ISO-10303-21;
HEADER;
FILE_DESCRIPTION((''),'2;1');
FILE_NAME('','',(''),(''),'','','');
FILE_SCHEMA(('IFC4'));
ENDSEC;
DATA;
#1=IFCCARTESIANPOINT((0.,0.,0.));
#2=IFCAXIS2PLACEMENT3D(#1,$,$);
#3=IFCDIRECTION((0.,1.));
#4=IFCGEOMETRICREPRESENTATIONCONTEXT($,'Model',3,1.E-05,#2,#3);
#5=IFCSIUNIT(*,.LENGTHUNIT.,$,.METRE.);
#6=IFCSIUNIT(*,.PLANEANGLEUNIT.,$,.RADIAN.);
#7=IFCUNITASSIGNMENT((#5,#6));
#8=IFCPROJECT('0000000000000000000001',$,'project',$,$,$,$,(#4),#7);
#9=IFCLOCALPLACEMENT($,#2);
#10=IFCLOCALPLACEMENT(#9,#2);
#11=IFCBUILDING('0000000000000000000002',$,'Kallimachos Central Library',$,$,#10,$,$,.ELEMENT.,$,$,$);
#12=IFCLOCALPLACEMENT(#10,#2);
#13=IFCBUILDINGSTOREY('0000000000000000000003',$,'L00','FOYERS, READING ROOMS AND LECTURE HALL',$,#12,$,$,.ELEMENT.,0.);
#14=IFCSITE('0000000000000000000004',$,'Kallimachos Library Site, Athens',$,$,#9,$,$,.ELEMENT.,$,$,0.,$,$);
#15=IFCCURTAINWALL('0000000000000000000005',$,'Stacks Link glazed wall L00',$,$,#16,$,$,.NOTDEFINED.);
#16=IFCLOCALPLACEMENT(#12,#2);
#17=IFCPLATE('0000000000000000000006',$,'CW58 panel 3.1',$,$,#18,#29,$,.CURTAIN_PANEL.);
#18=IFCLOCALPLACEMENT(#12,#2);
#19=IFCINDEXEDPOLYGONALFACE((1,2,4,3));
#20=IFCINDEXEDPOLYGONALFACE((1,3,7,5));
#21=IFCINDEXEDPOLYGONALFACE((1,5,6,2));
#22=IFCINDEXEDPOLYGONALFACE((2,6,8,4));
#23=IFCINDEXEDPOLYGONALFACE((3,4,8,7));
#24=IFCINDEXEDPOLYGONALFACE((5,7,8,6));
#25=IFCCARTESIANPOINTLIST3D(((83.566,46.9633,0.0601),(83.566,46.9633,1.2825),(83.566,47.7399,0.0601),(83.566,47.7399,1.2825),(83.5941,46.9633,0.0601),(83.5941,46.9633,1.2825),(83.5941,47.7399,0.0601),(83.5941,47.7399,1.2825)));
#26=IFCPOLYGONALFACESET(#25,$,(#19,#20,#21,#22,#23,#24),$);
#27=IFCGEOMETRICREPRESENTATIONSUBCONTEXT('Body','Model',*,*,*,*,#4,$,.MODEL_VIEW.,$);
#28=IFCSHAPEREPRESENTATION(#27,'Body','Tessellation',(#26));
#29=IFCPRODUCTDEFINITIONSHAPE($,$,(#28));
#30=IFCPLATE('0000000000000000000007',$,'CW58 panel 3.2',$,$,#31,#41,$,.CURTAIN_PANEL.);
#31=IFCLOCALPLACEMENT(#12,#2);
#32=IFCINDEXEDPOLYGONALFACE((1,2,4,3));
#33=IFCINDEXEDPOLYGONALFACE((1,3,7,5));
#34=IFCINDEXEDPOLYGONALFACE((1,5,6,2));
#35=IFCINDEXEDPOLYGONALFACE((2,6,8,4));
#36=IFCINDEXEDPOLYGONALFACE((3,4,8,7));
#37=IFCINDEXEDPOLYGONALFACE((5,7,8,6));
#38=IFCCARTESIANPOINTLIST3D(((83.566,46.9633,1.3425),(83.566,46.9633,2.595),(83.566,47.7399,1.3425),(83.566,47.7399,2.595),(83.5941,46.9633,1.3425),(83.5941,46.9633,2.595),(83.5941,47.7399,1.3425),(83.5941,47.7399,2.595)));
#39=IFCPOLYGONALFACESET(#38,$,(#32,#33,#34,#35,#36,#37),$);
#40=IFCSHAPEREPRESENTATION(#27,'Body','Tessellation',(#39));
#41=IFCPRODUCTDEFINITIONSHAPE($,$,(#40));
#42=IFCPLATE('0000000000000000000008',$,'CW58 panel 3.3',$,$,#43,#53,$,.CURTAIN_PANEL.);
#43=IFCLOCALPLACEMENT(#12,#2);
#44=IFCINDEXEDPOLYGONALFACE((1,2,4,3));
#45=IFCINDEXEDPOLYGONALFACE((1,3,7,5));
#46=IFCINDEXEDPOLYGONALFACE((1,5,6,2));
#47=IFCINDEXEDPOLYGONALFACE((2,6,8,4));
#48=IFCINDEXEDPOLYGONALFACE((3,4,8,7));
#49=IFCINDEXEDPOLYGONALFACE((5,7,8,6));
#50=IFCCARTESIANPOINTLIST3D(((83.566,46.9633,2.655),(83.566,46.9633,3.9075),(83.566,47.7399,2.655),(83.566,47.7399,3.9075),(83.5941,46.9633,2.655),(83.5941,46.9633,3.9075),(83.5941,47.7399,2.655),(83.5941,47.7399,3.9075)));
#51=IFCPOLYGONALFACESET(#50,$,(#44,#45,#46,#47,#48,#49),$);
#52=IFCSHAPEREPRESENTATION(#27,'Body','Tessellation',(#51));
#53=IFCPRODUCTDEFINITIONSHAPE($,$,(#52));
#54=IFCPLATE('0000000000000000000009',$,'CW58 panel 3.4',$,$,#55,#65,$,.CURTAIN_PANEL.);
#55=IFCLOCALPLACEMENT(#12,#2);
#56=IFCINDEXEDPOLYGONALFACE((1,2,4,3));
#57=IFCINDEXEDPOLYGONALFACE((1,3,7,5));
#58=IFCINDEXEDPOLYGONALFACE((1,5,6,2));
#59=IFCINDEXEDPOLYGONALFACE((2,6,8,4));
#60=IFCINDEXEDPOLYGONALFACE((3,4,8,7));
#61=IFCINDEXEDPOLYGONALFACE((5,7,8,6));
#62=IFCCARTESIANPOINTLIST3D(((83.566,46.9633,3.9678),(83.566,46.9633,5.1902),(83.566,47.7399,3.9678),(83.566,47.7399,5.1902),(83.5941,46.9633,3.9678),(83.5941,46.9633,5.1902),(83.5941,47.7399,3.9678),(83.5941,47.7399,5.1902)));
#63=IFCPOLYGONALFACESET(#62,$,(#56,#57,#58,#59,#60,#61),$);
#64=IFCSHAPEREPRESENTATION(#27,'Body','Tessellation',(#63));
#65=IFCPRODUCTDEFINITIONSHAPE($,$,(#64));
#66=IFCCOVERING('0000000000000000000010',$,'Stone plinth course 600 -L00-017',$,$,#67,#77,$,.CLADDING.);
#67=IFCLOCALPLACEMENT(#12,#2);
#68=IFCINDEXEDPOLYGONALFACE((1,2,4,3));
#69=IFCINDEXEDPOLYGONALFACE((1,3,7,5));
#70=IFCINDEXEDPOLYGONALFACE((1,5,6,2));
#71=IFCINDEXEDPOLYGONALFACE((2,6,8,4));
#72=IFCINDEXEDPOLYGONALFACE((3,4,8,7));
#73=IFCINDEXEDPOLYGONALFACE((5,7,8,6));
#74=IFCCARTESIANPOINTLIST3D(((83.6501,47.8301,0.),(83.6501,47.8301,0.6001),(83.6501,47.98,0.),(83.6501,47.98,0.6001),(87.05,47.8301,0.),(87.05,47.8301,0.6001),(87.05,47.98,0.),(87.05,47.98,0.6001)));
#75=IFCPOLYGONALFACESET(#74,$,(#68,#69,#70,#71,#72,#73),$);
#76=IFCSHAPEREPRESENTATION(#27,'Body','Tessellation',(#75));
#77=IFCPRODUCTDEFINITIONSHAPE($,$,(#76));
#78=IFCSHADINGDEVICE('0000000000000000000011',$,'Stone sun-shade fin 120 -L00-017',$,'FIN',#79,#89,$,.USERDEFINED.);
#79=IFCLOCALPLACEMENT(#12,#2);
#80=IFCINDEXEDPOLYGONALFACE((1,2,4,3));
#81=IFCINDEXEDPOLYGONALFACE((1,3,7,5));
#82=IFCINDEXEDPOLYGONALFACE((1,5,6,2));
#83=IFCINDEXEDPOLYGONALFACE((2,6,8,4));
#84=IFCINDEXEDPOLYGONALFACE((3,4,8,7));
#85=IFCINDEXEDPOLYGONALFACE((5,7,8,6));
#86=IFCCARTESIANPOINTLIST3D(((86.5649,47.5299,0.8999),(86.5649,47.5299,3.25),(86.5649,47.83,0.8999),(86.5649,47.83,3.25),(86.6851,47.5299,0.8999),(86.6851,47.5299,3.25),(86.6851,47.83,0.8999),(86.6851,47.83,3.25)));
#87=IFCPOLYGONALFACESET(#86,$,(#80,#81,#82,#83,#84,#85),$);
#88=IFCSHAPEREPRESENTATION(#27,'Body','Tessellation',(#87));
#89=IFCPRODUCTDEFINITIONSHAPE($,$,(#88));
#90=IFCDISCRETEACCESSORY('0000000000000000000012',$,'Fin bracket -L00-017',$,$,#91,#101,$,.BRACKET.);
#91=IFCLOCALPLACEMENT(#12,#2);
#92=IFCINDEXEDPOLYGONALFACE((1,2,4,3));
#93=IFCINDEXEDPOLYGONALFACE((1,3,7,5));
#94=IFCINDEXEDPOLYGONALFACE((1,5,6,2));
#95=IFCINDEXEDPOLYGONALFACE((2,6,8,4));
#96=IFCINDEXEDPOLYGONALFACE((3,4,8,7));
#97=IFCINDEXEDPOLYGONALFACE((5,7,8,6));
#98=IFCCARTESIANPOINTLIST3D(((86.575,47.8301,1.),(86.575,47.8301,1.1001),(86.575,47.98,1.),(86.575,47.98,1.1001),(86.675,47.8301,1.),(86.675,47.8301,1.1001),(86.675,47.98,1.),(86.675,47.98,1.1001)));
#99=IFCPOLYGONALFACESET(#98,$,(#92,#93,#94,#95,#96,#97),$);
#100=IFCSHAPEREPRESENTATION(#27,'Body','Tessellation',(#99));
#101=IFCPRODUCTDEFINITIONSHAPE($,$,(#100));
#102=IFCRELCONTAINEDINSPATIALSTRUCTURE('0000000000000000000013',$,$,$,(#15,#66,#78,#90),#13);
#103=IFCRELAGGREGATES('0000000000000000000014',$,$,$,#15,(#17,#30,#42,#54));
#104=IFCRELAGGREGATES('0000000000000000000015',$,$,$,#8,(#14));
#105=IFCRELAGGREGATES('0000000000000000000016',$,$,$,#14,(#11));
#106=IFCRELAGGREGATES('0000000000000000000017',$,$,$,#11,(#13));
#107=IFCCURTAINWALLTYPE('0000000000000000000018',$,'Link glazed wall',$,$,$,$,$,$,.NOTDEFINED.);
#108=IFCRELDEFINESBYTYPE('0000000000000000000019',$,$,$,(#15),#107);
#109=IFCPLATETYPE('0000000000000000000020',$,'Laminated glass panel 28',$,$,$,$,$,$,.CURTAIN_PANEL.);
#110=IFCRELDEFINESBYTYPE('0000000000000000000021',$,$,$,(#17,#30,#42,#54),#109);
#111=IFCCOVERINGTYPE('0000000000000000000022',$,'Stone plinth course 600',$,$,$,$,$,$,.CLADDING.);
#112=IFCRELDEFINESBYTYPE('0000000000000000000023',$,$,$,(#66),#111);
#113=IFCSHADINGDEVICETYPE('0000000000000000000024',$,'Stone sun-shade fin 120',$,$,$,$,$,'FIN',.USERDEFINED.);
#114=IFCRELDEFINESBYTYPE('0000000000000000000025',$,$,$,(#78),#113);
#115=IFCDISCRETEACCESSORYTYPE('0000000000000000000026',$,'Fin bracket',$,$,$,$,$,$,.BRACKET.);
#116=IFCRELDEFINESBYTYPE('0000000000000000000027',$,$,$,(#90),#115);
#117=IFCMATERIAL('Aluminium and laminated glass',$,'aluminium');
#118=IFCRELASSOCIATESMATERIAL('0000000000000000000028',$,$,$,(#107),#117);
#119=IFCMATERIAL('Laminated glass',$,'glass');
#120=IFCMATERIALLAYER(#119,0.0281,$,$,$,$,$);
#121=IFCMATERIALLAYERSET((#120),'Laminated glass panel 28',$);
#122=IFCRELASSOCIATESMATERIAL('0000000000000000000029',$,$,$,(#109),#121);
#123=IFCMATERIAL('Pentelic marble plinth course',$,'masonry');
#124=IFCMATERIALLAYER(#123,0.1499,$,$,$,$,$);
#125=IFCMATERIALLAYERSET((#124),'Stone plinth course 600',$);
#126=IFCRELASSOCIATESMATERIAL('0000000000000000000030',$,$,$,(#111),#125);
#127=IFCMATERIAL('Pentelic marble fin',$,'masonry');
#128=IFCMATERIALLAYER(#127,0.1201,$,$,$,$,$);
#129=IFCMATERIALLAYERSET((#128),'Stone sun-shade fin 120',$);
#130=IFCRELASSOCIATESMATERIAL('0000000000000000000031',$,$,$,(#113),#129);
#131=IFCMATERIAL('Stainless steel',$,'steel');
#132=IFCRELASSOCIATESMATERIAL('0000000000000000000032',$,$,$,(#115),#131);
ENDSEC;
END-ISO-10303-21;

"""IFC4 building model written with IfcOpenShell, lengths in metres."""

from ifc_helpers import new_model, si_unit, direction, frame, origin, origin_2d, place, context, subcontext, project, spatial, rectangle, extrude, material, layer, layer_set, type_object, element, aggregate, save


model = new_model("IFC4")

# Units and contexts
model_context = context("Model", 3, precision=1e-05, world=origin(), true_north=direction((0.0, 1.0)))
body_context = subcontext(model_context, "Body", "Model", "MODEL_VIEW")
ifc_project = project(units=[si_unit("LENGTHUNIT", "METRE"), si_unit("PLANEANGLEUNIT", "RADIAN")], contexts=[model_context])

# Site, building, storey
site_placement = place(None, origin())
site = spatial("IfcSite", under=ifc_project, at=site_placement, Name="Kallimachos Library Site, Athens", CompositionType="ELEMENT", RefElevation=0.0)
building_placement = place(site_placement, origin())
building = spatial("IfcBuilding", under=site, at=building_placement, Name="Kallimachos Central Library", CompositionType="ELEMENT")
storey_placement = place(building_placement, origin())
storey = spatial("IfcBuildingStorey", under=building, at=storey_placement, Name="L00", Description="FOYERS, READING ROOMS AND LECTURE HALL", CompositionType="ELEMENT", Elevation=0.0)

# Curtain wall
ifc_material_1 = material(Name="Aluminium and laminated glass", Category="aluminium")
curtain_wall_type = type_object("IfcCurtainWallType", Name="Link glazed wall", PredefinedType="NOTDEFINED", material=ifc_material_1)
curtain_wall_placement = place(storey_placement, origin())
curtain_wall = element("IfcCurtainWall", 1, at=curtain_wall_placement, inside=storey, type_object=curtain_wall_type, Name="Stacks Link glazed wall L00", PredefinedType="NOTDEFINED")

# Plates
ifc_material_2 = material(Name="Laminated glass", Category="glass")
ifc_layer_1 = layer(ifc_material_2, 0.0281)
ifc_layer_set_1 = layer_set([ifc_layer_1], Name="Laminated glass panel 28")
plate_type = type_object("IfcPlateType", Name="Laminated glass panel 28", PredefinedType="CURTAIN_PANEL", material=ifc_layer_set_1)
plate_1_placement = place(storey_placement, frame((83.5801, 47.3516, 0.0601), z_axis=(0.0, 0.0, 1.0), x_axis=(0.0, 1.0, 0.0)))
plate_1 = element("IfcPlate", 2, at=plate_1_placement, type_object=plate_type, Name="CW58 panel 3.1", PredefinedType="CURTAIN_PANEL", context=body_context, shape_type="SweptSolid", body=[
    extrude(rectangle(XDim=0.7766, YDim=0.0281, at=origin_2d()), origin(), (0.0, 0.0, 1.0), 1.2224),
])
plate_2_placement = place(storey_placement, frame((83.5801, 47.3516, 1.3425), z_axis=(0.0, 0.0, 1.0), x_axis=(0.0, 1.0, 0.0)))
plate_2 = element("IfcPlate", 3, at=plate_2_placement, type_object=plate_type, Name="CW58 panel 3.2", PredefinedType="CURTAIN_PANEL", context=body_context, shape_type="SweptSolid", body=[
    extrude(rectangle(XDim=0.7766, YDim=0.0281, at=origin_2d()), origin(), (0.0, 0.0, 1.0), 1.2524),
])
plate_3_placement = place(storey_placement, frame((83.5801, 47.3516, 2.655), z_axis=(0.0, 0.0, 1.0), x_axis=(0.0, 1.0, 0.0)))
plate_3 = element("IfcPlate", 4, at=plate_3_placement, type_object=plate_type, Name="CW58 panel 3.3", PredefinedType="CURTAIN_PANEL", context=body_context, shape_type="SweptSolid", body=[
    extrude(rectangle(XDim=0.7766, YDim=0.0281, at=origin_2d()), origin(), (0.0, 0.0, 1.0), 1.2524),
])
plate_4_placement = place(storey_placement, frame((83.5801, 47.3516, 3.9678), z_axis=(0.0, 0.0, 1.0), x_axis=(0.0, 1.0, 0.0)))
plate_4 = element("IfcPlate", 5, at=plate_4_placement, type_object=plate_type, Name="CW58 panel 3.4", PredefinedType="CURTAIN_PANEL", context=body_context, shape_type="SweptSolid", body=[
    extrude(rectangle(XDim=0.7766, YDim=0.0281, at=origin_2d()), origin(), (0.0, 0.0, 1.0), 1.2224),
])
aggregate(curtain_wall, [plate_1, plate_2, plate_3, plate_4])

# Covering
ifc_material_3 = material(Name="Pentelic marble plinth course", Category="masonry")
ifc_layer_2 = layer(ifc_material_3, 0.1499)
ifc_layer_set_2 = layer_set([ifc_layer_2], Name="Stone plinth course 600")
covering_type = type_object("IfcCoveringType", Name="Stone plinth course 600", PredefinedType="CLADDING", material=ifc_layer_set_2)
covering_placement = place(storey_placement, frame((85.3501, 47.905, 0.0), z_axis=(0.0, 0.0, 1.0), x_axis=(1.0, 0.0, 0.0)))
element("IfcCovering", 6, at=covering_placement, inside=storey, type_object=covering_type, Name="Stone plinth course 600 -L00-017", PredefinedType="CLADDING", context=body_context, shape_type="SweptSolid", body=[
    extrude(rectangle(XDim=3.3999, YDim=0.1499, at=origin_2d()), origin(), (0.0, 0.0, 1.0), 0.6001),
])

# Shading device
ifc_material_4 = material(Name="Pentelic marble fin", Category="masonry")
ifc_layer_3 = layer(ifc_material_4, 0.1201)
ifc_layer_set_3 = layer_set([ifc_layer_3], Name="Stone sun-shade fin 120")
shading_device_type = type_object("IfcShadingDeviceType", Name="Stone sun-shade fin 120", ElementType="FIN", PredefinedType="USERDEFINED", material=ifc_layer_set_3)
shading_device_placement = place(storey_placement, frame((86.625, 47.6799, 0.8999), z_axis=(0.0, 0.0, 1.0), x_axis=(1.0, 0.0, 0.0)))
element("IfcShadingDevice", 7, at=shading_device_placement, inside=storey, type_object=shading_device_type, Name="Stone sun-shade fin 120 -L00-017", ObjectType="FIN", PredefinedType="USERDEFINED", context=body_context, shape_type="SweptSolid", body=[
    extrude(rectangle(XDim=0.1201, YDim=0.3, at=origin_2d()), origin(), (0.0, 0.0, 1.0), 2.3501),
])

# Discrete accessory
ifc_material_5 = material(Name="Stainless steel", Category="steel")
discrete_accessory_type = type_object("IfcDiscreteAccessoryType", Name="Fin bracket", PredefinedType="BRACKET", material=ifc_material_5)
discrete_accessory_placement = place(storey_placement, frame((86.625, 47.905, 1.0), z_axis=(0.0, 0.0, 1.0), x_axis=(1.0, 0.0, 0.0)))
element("IfcDiscreteAccessory", 8, at=discrete_accessory_placement, inside=storey, type_object=discrete_accessory_type, Name="Fin bracket -L00-017", PredefinedType="BRACKET", context=body_context, shape_type="SweptSolid", body=[
    extrude(rectangle(XDim=0.1001, YDim=0.1499, at=origin_2d()), origin(), (0.0, 0.0, 1.0), 0.1001),
])

save(model, "model.ifc")
